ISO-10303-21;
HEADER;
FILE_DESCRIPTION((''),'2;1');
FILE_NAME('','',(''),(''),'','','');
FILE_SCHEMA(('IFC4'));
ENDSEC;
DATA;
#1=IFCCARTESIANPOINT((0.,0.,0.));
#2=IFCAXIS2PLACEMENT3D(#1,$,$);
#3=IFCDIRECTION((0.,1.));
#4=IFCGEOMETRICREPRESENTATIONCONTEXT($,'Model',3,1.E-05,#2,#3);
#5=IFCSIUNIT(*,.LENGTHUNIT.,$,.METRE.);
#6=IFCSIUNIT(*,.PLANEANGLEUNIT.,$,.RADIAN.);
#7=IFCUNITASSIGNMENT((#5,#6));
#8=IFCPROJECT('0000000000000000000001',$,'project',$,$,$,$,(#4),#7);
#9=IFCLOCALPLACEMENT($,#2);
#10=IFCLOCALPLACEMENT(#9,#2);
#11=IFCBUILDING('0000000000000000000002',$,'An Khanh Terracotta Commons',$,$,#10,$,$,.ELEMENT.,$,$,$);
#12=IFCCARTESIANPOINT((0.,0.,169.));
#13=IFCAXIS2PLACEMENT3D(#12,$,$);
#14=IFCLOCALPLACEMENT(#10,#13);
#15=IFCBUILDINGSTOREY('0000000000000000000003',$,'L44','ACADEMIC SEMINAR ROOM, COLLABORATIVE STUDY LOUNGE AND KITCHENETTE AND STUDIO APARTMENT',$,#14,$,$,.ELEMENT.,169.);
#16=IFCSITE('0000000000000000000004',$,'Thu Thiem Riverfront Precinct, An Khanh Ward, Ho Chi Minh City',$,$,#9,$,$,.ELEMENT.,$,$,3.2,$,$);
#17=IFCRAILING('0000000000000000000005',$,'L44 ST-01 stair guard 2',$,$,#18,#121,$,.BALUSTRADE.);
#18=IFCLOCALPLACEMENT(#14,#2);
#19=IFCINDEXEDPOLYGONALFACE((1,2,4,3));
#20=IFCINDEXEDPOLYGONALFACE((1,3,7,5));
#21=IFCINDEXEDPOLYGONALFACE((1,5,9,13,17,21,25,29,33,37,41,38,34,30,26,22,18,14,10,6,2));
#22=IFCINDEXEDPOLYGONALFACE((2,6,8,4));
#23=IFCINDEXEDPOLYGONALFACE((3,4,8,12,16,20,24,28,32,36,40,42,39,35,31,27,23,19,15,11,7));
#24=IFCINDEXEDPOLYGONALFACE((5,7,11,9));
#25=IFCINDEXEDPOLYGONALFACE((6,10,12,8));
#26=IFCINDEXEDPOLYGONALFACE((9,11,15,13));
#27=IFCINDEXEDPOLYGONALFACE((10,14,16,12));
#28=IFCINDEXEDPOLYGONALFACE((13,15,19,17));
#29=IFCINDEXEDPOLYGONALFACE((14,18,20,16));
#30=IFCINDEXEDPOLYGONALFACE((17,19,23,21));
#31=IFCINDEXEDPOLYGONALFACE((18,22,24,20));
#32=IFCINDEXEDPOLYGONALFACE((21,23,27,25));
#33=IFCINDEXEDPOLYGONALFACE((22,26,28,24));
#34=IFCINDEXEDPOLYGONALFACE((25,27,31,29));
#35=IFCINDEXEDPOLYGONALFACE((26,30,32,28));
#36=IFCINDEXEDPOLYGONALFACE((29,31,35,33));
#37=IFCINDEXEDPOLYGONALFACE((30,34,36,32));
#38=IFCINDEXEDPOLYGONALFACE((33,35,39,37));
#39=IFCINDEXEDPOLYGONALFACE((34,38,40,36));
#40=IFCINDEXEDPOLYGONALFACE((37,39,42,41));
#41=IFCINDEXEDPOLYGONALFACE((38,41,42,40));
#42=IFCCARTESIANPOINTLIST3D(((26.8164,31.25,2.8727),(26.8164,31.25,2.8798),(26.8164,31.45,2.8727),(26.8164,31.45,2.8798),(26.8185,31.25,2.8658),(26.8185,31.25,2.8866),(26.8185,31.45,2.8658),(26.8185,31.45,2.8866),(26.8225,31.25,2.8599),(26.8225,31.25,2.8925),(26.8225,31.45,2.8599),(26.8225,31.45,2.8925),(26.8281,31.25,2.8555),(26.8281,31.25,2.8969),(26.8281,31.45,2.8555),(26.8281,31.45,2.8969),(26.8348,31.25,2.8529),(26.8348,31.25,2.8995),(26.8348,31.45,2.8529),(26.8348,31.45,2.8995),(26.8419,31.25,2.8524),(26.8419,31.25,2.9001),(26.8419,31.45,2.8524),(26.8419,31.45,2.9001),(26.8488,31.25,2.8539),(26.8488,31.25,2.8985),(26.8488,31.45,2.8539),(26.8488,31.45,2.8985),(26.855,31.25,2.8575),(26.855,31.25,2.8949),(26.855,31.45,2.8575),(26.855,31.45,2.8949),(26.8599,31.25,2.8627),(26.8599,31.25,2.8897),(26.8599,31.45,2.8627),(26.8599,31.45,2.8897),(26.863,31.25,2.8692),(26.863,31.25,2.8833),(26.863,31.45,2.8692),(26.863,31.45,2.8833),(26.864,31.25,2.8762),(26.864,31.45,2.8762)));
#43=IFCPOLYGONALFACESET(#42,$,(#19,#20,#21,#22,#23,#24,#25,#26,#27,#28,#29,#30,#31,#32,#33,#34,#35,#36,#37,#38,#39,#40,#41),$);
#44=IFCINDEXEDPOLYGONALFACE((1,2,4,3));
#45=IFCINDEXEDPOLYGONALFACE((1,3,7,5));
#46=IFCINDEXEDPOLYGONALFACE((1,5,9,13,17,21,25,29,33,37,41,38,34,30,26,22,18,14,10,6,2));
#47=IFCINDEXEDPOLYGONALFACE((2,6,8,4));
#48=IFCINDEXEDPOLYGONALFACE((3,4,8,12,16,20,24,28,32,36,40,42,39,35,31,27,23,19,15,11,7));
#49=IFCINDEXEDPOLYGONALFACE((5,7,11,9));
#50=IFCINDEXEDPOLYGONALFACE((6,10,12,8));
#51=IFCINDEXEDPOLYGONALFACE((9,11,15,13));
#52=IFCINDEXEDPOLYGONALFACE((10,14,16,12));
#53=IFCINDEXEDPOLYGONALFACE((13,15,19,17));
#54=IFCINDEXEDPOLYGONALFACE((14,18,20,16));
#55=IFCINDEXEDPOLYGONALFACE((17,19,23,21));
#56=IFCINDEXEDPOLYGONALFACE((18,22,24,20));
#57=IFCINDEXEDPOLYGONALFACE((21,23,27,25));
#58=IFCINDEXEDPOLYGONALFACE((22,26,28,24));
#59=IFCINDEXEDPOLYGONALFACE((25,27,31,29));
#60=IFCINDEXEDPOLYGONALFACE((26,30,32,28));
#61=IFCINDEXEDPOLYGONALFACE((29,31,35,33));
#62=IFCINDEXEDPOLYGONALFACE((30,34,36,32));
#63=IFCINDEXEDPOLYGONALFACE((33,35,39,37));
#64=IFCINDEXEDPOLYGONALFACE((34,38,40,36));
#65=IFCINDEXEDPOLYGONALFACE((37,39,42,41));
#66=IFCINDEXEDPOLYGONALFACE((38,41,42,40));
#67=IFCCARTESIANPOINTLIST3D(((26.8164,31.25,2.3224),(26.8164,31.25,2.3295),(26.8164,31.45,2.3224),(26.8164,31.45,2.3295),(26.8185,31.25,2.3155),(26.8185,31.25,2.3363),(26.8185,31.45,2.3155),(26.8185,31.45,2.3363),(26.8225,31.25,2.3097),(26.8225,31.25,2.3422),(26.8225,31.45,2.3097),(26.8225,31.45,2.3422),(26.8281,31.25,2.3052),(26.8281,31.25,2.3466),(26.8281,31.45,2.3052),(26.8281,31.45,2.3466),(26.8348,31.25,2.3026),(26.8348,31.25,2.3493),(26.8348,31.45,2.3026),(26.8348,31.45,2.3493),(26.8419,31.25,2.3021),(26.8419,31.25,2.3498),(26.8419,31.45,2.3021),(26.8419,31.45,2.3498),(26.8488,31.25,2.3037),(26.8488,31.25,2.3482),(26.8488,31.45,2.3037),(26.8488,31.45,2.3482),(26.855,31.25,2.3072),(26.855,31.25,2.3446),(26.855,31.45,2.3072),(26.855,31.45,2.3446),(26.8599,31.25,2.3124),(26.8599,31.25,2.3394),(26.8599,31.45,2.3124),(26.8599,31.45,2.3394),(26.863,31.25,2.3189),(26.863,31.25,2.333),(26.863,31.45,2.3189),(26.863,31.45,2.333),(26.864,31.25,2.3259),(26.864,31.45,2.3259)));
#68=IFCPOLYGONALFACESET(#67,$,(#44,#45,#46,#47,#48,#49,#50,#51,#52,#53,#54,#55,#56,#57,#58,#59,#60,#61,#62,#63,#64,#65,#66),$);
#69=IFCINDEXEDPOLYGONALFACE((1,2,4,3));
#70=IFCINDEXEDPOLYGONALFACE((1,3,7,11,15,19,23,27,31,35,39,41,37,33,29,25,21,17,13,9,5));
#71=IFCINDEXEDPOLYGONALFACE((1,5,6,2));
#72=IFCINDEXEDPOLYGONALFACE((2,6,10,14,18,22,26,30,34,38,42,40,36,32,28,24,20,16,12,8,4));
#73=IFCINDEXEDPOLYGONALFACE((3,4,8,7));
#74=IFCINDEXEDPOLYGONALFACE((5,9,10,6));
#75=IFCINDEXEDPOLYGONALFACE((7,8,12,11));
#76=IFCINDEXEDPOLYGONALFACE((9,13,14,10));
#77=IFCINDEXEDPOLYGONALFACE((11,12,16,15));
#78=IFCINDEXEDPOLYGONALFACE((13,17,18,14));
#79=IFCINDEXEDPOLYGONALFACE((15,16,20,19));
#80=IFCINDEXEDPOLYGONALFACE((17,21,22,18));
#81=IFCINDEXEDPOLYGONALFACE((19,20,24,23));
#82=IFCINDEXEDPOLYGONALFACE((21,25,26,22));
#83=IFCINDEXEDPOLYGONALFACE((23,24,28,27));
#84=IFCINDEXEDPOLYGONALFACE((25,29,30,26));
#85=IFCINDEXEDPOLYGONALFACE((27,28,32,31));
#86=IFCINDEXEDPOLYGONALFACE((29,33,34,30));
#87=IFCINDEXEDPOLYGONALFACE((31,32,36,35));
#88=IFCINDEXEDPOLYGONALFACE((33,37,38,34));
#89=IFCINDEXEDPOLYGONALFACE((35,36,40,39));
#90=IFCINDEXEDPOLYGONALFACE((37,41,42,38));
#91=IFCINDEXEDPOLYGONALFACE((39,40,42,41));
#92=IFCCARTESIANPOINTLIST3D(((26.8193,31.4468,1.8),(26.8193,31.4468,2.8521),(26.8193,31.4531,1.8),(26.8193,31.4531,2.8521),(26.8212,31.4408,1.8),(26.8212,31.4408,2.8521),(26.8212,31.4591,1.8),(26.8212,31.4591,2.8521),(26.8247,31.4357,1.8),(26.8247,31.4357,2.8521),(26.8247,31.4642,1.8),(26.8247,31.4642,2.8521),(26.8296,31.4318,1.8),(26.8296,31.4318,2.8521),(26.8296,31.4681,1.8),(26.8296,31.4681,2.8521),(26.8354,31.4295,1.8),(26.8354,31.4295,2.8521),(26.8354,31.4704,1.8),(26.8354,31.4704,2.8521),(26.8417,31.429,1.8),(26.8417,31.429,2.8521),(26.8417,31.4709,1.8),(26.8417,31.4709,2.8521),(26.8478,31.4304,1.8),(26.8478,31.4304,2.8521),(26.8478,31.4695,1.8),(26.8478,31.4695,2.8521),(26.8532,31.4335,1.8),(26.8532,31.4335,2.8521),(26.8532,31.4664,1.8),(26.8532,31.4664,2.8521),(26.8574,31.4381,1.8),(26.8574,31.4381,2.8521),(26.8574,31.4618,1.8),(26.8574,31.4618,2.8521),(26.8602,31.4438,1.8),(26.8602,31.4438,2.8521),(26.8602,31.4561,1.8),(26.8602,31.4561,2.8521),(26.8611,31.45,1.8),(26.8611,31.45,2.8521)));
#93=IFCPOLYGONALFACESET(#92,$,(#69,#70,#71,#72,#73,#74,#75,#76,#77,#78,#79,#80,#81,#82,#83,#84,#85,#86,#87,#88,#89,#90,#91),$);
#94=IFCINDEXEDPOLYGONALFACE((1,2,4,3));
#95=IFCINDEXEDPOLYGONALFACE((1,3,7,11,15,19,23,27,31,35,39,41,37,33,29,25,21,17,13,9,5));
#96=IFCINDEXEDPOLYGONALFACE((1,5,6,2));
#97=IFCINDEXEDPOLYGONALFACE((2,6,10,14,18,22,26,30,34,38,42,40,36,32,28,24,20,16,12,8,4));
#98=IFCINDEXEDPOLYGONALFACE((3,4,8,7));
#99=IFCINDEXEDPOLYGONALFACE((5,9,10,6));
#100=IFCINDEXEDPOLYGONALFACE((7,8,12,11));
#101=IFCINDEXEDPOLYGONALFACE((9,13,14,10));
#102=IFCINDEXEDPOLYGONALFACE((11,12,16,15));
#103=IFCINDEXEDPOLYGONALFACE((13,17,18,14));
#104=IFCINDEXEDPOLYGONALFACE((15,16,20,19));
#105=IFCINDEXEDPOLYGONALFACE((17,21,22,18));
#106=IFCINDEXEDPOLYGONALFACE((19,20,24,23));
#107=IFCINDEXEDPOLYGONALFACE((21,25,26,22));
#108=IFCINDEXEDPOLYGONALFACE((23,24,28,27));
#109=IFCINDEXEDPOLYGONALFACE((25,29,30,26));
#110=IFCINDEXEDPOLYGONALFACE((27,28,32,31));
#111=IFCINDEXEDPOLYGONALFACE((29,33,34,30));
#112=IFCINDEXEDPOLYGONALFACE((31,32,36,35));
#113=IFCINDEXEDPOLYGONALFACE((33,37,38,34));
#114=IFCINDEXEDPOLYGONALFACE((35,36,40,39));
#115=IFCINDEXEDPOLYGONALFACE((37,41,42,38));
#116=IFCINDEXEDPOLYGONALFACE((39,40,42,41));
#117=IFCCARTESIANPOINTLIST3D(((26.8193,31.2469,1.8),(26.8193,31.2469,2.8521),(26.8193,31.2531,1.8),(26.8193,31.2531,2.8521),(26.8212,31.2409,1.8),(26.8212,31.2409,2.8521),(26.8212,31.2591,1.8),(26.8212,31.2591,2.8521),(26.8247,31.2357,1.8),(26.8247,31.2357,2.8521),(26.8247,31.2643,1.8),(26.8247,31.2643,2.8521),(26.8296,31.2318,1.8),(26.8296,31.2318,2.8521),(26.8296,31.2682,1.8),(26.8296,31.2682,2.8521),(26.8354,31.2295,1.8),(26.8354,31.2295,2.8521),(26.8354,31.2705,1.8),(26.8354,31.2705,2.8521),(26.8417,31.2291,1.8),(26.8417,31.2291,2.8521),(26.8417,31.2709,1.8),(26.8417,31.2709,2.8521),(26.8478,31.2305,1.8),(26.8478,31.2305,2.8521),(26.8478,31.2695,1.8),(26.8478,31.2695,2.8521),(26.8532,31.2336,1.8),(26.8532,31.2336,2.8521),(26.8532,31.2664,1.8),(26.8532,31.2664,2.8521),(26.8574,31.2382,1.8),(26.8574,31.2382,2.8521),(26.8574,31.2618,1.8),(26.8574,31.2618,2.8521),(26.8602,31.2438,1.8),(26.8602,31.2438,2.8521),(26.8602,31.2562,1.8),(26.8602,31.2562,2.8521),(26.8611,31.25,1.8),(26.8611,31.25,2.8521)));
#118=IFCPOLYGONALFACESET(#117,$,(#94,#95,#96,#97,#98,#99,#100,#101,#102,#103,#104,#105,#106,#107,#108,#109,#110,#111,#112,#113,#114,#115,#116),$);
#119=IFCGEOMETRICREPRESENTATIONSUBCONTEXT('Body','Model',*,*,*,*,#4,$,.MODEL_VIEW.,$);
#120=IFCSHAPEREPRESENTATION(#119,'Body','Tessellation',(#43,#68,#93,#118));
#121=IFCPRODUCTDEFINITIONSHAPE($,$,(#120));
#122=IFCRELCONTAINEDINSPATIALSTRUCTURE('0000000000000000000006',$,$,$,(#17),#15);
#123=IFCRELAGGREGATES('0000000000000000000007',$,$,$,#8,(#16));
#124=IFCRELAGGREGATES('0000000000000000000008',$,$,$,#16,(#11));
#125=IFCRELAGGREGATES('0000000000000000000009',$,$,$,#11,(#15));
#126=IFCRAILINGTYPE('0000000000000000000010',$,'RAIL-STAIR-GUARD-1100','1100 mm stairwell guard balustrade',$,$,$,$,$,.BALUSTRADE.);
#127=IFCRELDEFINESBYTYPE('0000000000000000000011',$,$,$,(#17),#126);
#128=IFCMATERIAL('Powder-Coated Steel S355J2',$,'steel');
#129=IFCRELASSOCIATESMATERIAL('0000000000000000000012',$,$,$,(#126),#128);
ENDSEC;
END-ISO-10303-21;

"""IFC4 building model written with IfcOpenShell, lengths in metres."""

from ifc_helpers import new_model, si_unit, direction, frame, origin, origin_2d, place, context, subcontext, project, spatial, circle, extrude, material, type_object, element, save


model = new_model("IFC4")

# Units and contexts
model_context = context("Model", 3, precision=1e-05, world=origin(), true_north=direction((0.0, 1.0)))
body_context = subcontext(model_context, "Body", "Model", "MODEL_VIEW")
ifc_project = project(units=[si_unit("LENGTHUNIT", "METRE"), si_unit("PLANEANGLEUNIT", "RADIAN")], contexts=[model_context])

# Site, building, storey
site_placement = place(None, origin())
site = spatial("IfcSite", under=ifc_project, at=site_placement, Name="Thu Thiem Riverfront Precinct, An Khanh Ward, Ho Chi Minh City", CompositionType="ELEMENT", RefElevation=3.2)
building_placement = place(site_placement, origin())
building = spatial("IfcBuilding", under=site, at=building_placement, Name="An Khanh Terracotta Commons", CompositionType="ELEMENT")
storey_placement = place(building_placement, frame((0.0, 0.0, 169.0)))
storey = spatial("IfcBuildingStorey", under=building, at=storey_placement, Name="L44", Description="ACADEMIC SEMINAR ROOM, COLLABORATIVE STUDY LOUNGE AND KITCHENETTE AND STUDIO APARTMENT", CompositionType="ELEMENT", Elevation=169.0)

# Railing
ifc_material_1 = material(Name="Powder-Coated Steel S355J2", Category="steel")
railing_type_1 = type_object("IfcRailingType", Name="RAIL-STAIR-GUARD-1100", Description="1100 mm stairwell guard balustrade", PredefinedType="BALUSTRADE", material=ifc_material_1)
railing_1_placement = place(storey_placement, frame((26.8401, 31.45, 1.8)))
element("IfcRailing", 1, at=railing_1_placement, inside=storey, type_object=railing_type_1, Name="L44 ST-01 stair guard 2", PredefinedType="BALUSTRADE", context=body_context, shape_type="SweptSolid", body=[
    extrude(circle(Radius=0.0239, at=origin_2d()), frame((0.0, 0.0, 1.0762), z_axis=(0.0, -1.0, 0.0), x_axis=(1.0, 0.0, 0.0)), (0.0, 0.0, 1.0), 0.2),
    extrude(circle(Radius=0.0239, at=origin_2d()), frame((0.0, 0.0, 0.5259), z_axis=(0.0, -1.0, 0.0), x_axis=(1.0, 0.0, 0.0)), (0.0, 0.0, 1.0), 0.2),
    extrude(circle(Radius=0.021, at=origin_2d()), origin(), (0.0, 0.0, 1.0), 1.052),
    extrude(circle(Radius=0.021, at=origin_2d()), frame((0.0, -0.2, 0.0)), (0.0, 0.0, 1.0), 1.052),
])

save(model, "model.ifc")
